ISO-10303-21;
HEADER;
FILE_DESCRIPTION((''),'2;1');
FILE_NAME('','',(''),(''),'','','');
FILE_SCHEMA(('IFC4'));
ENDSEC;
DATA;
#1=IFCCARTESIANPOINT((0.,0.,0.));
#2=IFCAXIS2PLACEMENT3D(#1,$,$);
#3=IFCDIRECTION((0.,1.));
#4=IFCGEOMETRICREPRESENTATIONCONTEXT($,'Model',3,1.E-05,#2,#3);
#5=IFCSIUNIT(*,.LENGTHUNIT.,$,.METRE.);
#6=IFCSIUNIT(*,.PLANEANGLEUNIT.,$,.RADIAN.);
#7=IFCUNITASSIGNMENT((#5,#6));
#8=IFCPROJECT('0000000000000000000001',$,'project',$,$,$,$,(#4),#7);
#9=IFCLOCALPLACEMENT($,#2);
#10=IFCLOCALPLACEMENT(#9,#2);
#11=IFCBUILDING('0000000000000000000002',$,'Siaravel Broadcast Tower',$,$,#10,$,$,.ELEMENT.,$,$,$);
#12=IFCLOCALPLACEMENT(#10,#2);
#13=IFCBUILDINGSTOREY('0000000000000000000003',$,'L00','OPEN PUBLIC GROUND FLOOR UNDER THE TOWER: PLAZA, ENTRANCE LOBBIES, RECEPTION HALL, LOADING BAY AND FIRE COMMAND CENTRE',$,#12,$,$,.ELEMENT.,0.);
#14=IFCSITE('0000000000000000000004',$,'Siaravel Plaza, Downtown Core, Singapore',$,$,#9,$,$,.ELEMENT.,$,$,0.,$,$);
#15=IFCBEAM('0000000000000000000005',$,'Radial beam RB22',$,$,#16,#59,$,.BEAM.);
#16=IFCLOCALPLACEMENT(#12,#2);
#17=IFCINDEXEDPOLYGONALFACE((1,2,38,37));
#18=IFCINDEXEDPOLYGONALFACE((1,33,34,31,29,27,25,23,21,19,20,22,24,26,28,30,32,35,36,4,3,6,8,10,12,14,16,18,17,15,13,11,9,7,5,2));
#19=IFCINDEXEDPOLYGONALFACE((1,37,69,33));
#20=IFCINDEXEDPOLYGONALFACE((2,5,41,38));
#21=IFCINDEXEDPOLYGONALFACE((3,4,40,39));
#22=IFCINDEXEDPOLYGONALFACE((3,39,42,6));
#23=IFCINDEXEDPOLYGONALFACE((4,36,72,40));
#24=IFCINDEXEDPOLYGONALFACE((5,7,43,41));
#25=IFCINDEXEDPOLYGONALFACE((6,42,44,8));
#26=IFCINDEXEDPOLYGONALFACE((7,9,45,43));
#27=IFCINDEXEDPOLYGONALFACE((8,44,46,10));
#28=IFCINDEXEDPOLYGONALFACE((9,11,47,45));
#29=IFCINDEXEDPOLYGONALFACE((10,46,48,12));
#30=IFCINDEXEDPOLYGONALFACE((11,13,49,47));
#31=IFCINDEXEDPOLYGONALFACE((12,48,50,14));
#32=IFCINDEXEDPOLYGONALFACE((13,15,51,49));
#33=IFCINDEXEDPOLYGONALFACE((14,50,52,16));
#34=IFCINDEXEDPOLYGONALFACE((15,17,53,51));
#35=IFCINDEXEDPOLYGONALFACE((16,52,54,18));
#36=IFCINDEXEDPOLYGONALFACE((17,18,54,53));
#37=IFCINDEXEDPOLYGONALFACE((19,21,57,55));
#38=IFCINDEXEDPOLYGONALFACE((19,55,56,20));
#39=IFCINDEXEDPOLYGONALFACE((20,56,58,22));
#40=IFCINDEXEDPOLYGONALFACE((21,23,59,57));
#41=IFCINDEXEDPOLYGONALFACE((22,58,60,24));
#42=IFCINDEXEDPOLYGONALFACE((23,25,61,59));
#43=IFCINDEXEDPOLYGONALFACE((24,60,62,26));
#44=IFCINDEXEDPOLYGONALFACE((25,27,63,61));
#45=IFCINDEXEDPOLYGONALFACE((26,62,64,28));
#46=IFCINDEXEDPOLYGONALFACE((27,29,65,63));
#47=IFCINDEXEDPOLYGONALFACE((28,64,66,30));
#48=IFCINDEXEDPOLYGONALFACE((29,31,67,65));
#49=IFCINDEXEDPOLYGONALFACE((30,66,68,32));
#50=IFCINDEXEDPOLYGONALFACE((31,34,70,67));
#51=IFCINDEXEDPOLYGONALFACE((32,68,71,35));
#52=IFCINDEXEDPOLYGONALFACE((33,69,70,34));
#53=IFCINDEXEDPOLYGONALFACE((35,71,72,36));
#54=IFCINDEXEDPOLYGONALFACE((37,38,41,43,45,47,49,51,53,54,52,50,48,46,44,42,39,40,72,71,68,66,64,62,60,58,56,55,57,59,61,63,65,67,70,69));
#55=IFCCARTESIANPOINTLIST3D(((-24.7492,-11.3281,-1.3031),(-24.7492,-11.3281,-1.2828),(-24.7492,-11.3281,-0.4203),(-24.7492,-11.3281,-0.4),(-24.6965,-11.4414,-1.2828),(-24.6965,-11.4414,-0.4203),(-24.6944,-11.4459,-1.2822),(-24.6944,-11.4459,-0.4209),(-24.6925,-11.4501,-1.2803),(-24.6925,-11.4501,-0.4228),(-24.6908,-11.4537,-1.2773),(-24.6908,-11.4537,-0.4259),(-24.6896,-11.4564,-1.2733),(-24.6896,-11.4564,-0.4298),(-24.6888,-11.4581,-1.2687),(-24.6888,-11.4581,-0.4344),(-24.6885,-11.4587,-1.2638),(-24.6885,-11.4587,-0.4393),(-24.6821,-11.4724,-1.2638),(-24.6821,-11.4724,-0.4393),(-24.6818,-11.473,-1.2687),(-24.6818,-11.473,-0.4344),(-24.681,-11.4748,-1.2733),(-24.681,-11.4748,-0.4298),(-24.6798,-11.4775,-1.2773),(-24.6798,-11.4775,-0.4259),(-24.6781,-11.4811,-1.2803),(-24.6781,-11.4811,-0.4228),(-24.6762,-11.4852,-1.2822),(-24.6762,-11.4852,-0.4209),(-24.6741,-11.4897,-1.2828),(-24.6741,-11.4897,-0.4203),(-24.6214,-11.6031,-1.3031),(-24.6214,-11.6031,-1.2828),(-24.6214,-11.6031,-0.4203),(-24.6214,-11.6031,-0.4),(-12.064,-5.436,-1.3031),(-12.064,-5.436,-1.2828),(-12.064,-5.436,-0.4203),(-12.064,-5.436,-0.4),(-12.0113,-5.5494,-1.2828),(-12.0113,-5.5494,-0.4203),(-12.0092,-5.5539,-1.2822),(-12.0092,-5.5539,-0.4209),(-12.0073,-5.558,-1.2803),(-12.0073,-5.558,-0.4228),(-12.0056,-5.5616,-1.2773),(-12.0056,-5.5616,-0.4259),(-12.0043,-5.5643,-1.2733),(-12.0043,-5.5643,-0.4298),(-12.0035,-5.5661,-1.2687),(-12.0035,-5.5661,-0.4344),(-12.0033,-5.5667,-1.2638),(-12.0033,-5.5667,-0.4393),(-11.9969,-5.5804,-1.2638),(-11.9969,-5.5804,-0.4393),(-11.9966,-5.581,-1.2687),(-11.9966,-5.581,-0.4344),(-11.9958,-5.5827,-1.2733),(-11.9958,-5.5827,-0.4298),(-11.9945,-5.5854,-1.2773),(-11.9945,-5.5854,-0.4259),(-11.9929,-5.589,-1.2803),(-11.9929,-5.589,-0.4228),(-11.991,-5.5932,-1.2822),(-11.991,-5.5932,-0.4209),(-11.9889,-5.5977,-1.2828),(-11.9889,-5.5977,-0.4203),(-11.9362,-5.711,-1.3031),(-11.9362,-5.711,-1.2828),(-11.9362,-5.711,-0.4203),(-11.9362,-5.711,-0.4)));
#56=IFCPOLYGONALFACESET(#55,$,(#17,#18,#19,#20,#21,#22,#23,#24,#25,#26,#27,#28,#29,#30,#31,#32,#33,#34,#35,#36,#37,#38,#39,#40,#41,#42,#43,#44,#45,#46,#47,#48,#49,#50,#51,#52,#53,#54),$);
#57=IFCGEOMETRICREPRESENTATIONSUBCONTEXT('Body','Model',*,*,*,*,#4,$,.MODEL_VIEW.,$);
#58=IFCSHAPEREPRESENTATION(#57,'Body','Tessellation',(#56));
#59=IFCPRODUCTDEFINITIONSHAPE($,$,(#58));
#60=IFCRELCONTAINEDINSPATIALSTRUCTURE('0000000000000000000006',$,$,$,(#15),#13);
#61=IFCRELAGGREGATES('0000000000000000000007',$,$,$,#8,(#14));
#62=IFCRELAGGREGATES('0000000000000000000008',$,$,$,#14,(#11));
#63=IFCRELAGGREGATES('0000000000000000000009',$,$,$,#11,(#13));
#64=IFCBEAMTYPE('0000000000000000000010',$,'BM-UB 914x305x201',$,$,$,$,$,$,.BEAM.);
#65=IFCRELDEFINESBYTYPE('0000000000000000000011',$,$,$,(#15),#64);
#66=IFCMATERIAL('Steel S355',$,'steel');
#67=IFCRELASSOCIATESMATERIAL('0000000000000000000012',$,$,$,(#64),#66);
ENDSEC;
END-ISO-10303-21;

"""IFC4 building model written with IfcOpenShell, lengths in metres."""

from ifc_helpers import new_model, si_unit, direction, frame, origin, origin_2d, place, context, subcontext, project, spatial, i_section, extrude, material, material_profile, profile_set, type_object, element, save


model = new_model("IFC4")

# Units and contexts
model_context = context("Model", 3, precision=1e-05, world=origin(), true_north=direction((0.0, 1.0)))
body_context = subcontext(model_context, "Body", "Model", "MODEL_VIEW")
ifc_project = project(units=[si_unit("LENGTHUNIT", "METRE"), si_unit("PLANEANGLEUNIT", "RADIAN")], contexts=[model_context])

# Site, building, storey
site_placement = place(None, origin())
site = spatial("IfcSite", under=ifc_project, at=site_placement, Name="Siaravel Plaza, Downtown Core, Singapore", CompositionType="ELEMENT", RefElevation=0.0)
building_placement = place(site_placement, origin())
building = spatial("IfcBuilding", under=site, at=building_placement, Name="Siaravel Broadcast Tower", CompositionType="ELEMENT")
storey_placement = place(building_placement, origin())
storey = spatial("IfcBuildingStorey", under=building, at=storey_placement, Name="L00", Description="OPEN PUBLIC GROUND FLOOR UNDER THE TOWER: PLAZA, ENTRANCE LOBBIES, RECEPTION HALL, LOADING BAY AND FIRE COMMAND CENTRE", CompositionType="ELEMENT", Elevation=0.0)

# Beam
ifc_material_1 = material(Name="Steel S355", Category="steel")
ifc_material_profile_1 = material_profile(ifc_material_1, i_section(OverallWidth=0.3032, OverallDepth=0.9031, WebThickness=0.0151, FlangeThickness=0.0203, FilletRadius=0.019, at=origin_2d()))
ifc_profile_set_1 = profile_set([ifc_material_profile_1], Name="Steel S355")
beam_type = type_object("IfcBeamType", Name="BM-UB 914x305x201", PredefinedType="BEAM", material=ifc_profile_set_1)
beam_1_placement = place(storey_placement, frame((-24.6853, -11.4656, -0.8516), z_axis=(0.906941, 0.421257, 0.0), x_axis=(-0.421257, 0.906941, 0.0)))
element("IfcBeam", 1, at=beam_1_placement, inside=storey, type_object=beam_type, Name="Radial beam RB22", PredefinedType="BEAM", context=body_context, shape_type="SweptSolid", body=[
    extrude(i_section(OverallWidth=0.3032, OverallDepth=0.9031, WebThickness=0.0151, FlangeThickness=0.0203, FilletRadius=0.019, at=origin_2d()), origin(), (0.0, 0.0, 1.0), 13.9868),
])

save(model, "model.ifc")
